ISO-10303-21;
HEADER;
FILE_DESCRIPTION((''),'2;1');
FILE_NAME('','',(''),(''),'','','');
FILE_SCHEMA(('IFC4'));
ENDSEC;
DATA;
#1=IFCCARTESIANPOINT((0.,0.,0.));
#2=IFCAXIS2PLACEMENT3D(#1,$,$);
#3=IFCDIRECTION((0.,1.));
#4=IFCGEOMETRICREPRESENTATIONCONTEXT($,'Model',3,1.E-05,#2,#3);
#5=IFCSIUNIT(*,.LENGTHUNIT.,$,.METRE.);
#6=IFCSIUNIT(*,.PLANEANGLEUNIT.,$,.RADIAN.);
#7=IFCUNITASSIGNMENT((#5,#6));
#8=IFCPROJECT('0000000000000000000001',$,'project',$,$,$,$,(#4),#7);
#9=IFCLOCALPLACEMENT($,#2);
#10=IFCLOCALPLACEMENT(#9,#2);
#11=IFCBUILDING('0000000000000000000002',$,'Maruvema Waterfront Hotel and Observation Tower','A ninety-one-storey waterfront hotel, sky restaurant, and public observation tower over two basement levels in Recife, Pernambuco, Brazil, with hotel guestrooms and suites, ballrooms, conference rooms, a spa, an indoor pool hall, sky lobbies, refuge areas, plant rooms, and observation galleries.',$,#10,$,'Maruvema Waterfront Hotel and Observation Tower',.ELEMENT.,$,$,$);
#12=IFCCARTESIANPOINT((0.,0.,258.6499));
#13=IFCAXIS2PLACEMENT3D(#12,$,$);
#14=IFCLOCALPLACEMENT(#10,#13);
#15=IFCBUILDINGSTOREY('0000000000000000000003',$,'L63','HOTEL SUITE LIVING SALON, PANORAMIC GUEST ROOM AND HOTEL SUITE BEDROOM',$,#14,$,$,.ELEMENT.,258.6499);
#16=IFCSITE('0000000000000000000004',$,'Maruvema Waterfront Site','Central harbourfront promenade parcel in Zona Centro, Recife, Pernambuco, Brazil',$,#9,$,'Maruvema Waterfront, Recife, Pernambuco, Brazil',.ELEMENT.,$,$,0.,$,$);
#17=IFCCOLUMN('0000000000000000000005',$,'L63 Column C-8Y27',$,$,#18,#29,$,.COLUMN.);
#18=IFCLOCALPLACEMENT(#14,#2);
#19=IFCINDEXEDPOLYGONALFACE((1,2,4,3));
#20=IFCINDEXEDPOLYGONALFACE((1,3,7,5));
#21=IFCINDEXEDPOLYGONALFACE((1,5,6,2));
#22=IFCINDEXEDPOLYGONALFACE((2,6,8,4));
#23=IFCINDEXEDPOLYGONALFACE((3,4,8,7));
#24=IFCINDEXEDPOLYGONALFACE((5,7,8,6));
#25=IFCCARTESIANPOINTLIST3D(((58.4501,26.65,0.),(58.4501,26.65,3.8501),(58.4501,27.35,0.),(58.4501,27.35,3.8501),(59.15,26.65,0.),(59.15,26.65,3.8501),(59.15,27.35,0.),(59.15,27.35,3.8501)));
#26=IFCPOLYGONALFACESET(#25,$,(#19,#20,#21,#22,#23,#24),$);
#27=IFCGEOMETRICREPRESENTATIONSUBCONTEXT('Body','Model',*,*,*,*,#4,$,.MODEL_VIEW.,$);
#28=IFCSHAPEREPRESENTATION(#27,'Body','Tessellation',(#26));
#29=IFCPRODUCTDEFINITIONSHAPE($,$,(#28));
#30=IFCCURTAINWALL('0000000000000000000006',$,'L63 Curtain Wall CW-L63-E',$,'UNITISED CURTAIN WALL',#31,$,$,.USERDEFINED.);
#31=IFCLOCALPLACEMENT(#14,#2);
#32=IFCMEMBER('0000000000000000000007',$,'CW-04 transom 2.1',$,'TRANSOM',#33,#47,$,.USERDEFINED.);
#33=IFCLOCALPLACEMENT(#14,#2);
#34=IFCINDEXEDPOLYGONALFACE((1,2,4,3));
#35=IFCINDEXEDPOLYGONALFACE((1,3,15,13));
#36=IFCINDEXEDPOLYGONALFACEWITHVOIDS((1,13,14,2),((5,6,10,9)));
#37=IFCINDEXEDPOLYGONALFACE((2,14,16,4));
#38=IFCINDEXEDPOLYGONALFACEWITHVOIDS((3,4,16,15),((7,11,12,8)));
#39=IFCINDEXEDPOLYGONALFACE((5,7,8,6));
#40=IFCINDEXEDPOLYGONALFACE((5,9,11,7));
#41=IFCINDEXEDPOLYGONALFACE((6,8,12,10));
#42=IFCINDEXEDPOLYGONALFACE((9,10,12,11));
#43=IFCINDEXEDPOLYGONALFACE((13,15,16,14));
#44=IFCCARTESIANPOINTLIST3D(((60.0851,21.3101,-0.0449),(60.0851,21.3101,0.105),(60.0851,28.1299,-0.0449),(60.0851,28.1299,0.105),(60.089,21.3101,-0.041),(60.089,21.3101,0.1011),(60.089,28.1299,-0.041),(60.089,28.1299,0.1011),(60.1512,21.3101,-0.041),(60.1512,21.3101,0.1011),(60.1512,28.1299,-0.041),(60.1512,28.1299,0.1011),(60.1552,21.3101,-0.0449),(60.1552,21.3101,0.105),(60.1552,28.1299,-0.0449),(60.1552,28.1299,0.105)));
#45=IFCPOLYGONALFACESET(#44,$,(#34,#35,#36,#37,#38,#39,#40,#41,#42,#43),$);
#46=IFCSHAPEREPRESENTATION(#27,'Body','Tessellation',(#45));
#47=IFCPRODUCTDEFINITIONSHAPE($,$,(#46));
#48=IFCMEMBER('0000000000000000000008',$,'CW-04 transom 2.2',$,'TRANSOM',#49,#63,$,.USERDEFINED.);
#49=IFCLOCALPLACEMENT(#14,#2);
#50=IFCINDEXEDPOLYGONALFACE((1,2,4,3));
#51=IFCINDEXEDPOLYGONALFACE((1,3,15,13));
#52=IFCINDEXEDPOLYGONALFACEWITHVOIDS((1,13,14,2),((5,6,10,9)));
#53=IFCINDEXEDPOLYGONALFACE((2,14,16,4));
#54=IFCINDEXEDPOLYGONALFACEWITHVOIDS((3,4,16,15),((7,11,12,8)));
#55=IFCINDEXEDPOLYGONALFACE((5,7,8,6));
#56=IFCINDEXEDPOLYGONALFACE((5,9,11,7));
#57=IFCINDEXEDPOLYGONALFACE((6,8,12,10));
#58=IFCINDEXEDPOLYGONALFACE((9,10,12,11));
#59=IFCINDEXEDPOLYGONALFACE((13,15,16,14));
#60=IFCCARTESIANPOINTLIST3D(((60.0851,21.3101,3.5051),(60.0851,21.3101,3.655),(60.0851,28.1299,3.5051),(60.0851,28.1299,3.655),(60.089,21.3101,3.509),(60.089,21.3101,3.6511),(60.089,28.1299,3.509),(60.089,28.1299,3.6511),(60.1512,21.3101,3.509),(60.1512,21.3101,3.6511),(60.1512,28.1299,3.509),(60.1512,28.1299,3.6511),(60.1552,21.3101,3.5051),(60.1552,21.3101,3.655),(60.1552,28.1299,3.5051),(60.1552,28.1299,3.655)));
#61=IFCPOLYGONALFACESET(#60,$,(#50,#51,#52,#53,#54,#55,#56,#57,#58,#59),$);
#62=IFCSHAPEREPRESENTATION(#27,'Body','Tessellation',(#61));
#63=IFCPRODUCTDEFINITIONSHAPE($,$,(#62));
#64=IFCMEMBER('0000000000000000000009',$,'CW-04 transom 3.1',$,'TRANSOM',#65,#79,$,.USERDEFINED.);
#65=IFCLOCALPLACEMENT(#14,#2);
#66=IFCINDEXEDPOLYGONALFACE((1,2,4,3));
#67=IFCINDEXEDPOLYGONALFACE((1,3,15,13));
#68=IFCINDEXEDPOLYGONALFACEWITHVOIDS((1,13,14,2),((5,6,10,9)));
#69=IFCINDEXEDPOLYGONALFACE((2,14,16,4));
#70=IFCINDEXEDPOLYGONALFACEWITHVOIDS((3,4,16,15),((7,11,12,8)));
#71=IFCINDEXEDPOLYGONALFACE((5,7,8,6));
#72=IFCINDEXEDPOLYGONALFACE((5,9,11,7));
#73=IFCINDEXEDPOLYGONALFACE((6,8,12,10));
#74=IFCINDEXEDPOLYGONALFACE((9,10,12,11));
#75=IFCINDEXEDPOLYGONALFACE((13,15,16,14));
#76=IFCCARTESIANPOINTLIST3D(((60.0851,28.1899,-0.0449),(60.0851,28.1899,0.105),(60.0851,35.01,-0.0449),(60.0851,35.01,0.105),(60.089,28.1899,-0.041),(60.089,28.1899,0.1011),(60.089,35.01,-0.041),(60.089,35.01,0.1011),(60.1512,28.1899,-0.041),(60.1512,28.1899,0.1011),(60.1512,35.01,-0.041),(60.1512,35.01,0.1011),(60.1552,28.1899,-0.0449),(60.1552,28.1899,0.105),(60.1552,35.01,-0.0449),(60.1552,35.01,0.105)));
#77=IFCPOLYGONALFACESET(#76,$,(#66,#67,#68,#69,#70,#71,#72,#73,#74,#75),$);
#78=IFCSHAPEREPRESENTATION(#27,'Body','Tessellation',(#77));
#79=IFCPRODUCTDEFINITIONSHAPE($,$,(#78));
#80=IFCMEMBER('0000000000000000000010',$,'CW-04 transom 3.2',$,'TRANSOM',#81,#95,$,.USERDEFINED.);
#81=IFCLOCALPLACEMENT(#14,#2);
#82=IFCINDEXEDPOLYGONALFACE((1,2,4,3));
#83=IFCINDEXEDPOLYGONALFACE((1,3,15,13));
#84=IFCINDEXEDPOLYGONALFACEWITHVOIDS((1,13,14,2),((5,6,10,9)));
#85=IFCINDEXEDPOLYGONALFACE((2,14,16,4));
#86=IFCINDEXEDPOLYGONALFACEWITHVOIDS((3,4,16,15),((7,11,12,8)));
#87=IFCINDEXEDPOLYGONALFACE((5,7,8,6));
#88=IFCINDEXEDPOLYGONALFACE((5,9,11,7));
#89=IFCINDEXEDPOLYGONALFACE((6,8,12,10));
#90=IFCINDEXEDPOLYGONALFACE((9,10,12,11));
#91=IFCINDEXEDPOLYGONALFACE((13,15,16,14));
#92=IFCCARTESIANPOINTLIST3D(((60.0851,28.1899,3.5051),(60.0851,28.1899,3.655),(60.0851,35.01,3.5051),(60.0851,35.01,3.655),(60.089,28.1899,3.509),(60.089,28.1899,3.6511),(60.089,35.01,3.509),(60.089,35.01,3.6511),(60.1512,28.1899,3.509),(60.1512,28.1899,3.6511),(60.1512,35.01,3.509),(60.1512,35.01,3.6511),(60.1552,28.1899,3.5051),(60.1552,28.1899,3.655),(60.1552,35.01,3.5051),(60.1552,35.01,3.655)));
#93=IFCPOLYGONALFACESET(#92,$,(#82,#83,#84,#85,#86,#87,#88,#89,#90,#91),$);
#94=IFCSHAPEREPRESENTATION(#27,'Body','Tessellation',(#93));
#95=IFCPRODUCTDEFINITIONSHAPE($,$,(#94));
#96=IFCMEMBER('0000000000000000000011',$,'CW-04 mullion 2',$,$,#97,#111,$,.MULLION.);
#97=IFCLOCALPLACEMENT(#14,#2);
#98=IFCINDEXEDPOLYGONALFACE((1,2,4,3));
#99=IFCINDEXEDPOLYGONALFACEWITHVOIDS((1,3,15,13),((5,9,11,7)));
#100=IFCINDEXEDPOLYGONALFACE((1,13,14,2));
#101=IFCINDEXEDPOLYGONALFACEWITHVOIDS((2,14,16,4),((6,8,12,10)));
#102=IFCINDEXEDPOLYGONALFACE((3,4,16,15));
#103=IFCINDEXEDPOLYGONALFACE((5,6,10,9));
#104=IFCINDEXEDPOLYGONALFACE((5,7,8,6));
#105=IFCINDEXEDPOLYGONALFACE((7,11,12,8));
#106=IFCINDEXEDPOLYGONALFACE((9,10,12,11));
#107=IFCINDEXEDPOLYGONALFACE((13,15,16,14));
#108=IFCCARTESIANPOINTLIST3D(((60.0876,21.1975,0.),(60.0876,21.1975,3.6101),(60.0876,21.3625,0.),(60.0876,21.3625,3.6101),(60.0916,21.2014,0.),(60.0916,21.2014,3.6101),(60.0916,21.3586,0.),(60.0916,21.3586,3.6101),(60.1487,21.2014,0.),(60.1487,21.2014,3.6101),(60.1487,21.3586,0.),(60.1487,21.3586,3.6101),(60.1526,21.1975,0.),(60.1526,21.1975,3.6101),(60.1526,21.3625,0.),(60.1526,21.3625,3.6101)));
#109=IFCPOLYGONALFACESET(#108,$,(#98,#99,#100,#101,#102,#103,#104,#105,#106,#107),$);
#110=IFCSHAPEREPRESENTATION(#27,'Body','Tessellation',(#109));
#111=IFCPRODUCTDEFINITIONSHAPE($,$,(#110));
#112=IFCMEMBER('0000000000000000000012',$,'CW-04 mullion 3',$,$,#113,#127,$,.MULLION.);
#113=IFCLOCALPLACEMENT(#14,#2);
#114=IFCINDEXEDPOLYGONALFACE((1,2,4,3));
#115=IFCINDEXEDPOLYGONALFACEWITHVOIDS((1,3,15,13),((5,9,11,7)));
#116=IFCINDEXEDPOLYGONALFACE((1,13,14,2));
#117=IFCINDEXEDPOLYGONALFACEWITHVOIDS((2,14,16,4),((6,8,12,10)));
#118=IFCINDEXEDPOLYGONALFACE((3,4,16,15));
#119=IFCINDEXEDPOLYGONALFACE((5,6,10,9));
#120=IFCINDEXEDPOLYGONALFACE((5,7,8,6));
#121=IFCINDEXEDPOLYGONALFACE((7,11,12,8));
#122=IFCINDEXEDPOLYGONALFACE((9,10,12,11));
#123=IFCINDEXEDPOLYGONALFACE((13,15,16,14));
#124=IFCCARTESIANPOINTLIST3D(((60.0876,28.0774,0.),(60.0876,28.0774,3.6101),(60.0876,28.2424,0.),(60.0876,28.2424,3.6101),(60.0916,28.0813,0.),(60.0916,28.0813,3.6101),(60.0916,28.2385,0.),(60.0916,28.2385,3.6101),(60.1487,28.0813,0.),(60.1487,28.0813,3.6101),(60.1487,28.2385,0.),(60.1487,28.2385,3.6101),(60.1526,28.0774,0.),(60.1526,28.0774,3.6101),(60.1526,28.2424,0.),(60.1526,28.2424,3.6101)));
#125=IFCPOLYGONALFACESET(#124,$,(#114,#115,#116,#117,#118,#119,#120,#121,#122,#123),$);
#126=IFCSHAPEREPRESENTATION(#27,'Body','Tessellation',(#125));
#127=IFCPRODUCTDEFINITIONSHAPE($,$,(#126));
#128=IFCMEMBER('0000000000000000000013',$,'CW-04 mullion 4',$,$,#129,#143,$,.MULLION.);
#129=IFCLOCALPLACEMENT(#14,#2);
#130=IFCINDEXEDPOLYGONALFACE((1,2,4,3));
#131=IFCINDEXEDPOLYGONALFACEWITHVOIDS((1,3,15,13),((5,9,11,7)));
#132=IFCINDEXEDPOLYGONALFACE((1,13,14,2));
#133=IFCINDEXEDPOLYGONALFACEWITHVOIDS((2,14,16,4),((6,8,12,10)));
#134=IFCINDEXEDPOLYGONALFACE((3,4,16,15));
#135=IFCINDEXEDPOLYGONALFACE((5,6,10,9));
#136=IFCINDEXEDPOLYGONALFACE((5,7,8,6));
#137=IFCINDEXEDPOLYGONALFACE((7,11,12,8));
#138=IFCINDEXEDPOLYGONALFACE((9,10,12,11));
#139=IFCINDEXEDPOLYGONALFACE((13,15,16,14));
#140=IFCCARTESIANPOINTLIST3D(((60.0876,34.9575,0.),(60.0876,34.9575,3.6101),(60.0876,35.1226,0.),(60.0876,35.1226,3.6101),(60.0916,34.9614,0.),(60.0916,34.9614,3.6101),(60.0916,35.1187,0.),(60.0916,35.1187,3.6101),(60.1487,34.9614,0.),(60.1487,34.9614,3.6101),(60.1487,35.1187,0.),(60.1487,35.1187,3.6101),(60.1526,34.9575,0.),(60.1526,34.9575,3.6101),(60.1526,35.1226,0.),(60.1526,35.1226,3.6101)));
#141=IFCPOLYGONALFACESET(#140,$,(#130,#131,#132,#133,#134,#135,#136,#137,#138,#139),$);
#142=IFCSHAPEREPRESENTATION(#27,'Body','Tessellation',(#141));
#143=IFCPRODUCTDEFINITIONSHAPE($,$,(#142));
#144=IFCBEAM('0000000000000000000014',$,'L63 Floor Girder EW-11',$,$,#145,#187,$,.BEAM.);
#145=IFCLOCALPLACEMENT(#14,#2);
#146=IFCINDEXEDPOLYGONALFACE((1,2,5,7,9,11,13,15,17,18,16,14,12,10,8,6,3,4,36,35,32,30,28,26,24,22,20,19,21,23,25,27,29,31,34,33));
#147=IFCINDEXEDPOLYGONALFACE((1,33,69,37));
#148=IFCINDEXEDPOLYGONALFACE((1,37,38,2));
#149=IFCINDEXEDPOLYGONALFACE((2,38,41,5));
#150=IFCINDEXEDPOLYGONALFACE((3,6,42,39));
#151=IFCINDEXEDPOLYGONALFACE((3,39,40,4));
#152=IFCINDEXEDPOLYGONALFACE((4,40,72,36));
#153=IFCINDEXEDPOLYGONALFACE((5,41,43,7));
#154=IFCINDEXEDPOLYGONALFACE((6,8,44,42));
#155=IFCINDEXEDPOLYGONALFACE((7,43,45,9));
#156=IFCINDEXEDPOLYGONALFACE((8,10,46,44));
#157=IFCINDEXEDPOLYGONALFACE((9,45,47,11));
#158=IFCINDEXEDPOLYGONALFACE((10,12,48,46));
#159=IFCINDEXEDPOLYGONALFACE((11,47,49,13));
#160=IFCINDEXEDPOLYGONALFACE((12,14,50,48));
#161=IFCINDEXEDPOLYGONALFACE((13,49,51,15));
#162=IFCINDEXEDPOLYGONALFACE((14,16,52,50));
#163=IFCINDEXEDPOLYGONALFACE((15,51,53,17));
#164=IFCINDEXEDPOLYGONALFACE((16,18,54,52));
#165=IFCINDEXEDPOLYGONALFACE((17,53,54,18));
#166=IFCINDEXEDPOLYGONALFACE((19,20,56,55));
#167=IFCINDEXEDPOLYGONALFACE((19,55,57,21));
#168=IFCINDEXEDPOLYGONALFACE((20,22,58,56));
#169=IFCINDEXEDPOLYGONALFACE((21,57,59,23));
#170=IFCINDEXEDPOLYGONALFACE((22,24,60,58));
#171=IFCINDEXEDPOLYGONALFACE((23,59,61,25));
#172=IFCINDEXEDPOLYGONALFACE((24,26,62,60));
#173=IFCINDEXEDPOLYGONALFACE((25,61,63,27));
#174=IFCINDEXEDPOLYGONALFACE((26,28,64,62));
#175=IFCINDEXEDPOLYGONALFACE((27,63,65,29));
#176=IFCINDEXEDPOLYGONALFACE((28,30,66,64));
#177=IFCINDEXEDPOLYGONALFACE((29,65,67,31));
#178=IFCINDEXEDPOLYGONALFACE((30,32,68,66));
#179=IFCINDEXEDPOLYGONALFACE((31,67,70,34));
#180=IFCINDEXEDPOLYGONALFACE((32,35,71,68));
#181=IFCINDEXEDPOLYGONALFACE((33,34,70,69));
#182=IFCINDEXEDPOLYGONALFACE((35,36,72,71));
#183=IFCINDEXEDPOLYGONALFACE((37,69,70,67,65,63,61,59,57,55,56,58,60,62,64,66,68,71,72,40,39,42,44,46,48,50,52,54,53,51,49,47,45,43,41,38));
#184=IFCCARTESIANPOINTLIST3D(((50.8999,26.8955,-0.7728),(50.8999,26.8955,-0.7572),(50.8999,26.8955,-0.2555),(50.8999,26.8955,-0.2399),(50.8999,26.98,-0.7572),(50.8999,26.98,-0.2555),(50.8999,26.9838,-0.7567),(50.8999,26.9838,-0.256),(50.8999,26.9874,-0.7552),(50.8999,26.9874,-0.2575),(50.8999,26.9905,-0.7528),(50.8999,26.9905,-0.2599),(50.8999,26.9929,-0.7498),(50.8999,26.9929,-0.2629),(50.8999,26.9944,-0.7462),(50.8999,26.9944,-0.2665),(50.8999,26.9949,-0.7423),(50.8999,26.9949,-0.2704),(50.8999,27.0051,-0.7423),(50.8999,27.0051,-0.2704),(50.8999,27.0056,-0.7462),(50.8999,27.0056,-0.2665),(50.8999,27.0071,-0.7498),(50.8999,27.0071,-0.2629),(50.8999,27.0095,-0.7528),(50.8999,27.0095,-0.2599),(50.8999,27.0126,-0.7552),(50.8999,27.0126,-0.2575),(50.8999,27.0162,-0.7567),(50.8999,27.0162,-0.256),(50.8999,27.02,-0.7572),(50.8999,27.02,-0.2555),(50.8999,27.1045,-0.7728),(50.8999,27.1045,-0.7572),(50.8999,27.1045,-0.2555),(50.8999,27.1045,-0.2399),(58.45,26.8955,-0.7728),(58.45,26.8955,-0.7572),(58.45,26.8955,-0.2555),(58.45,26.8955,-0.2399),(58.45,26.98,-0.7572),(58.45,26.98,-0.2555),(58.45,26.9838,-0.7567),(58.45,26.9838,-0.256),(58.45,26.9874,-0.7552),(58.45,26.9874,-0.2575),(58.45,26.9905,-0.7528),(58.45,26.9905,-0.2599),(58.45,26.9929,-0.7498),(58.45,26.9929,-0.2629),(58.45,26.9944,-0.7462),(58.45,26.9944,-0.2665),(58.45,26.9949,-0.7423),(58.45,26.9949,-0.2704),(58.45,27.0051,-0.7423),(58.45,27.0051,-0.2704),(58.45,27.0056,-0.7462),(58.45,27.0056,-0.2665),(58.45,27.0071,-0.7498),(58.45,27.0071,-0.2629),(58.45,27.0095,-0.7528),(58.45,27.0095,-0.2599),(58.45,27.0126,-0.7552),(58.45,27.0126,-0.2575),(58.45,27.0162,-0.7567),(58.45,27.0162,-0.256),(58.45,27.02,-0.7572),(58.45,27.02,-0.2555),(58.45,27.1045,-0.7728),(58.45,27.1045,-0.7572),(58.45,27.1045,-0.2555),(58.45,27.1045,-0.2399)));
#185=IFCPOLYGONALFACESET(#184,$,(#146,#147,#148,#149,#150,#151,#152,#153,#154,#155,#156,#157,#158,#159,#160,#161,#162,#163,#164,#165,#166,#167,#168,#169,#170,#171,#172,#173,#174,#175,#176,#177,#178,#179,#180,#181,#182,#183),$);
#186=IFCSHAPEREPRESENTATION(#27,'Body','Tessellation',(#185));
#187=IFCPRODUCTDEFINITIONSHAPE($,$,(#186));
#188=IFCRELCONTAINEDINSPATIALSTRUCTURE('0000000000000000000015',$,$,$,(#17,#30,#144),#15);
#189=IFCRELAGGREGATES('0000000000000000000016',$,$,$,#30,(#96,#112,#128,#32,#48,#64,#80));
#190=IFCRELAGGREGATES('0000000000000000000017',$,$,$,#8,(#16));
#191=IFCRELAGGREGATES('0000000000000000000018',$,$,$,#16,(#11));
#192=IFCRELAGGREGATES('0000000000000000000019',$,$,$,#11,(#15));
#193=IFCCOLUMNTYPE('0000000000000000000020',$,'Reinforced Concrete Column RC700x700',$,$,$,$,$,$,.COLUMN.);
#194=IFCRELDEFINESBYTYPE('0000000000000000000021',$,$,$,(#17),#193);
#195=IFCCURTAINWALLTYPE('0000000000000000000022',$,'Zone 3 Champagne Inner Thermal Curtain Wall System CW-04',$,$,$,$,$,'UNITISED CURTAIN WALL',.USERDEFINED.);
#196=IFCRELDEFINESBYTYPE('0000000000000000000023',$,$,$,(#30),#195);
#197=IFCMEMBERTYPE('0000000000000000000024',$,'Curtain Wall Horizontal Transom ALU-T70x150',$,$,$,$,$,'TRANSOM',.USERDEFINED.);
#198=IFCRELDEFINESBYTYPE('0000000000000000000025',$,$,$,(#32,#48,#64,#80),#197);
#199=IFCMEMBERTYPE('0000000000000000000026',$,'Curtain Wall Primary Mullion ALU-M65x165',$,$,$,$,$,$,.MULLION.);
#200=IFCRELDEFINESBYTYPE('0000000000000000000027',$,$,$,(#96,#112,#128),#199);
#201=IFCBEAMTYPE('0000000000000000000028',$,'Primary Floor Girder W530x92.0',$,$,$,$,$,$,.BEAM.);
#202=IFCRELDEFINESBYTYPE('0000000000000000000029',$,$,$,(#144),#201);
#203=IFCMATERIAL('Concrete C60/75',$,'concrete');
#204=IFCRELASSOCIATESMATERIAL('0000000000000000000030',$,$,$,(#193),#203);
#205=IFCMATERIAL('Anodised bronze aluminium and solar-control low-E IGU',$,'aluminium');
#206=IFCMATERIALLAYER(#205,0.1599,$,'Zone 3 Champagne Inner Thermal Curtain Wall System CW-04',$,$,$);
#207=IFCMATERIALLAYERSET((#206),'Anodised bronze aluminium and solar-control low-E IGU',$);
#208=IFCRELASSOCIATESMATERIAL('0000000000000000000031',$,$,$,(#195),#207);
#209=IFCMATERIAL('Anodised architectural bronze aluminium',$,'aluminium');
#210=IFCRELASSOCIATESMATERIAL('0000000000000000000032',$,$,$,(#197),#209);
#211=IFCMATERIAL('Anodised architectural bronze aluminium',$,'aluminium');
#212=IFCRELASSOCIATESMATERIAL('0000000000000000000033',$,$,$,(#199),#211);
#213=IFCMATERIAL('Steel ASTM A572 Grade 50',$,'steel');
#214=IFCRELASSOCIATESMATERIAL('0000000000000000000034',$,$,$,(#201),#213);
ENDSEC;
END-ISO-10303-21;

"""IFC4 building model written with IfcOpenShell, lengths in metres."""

from ifc_helpers import new_model, si_unit, direction, frame, origin, origin_2d, place, context, subcontext, project, spatial, rectangle, hollow_rectangle, i_section, extrude, material, layer, layer_set, material_profile, profile_set, type_object, element, aggregate, save


model = new_model("IFC4")

# Units and contexts
model_context = context("Model", 3, precision=1e-05, world=origin(), true_north=direction((0.0, 1.0)))
body_context = subcontext(model_context, "Body", "Model", "MODEL_VIEW")
ifc_project = project(units=[si_unit("LENGTHUNIT", "METRE"), si_unit("PLANEANGLEUNIT", "RADIAN")], contexts=[model_context])

# Site, building, storey
site_placement = place(None, origin())
site = spatial("IfcSite", under=ifc_project, at=site_placement, Name="Maruvema Waterfront Site", Description="Central harbourfront promenade parcel in Zona Centro, Recife, Pernambuco, Brazil", LongName="Maruvema Waterfront, Recife, Pernambuco, Brazil", CompositionType="ELEMENT", RefElevation=0.0)
building_placement = place(site_placement, origin())
building = spatial("IfcBuilding", under=site, at=building_placement, Name="Maruvema Waterfront Hotel and Observation Tower", Description="A ninety-one-storey waterfront hotel, sky restaurant, and public observation tower over two basement levels in Recife, Pernambuco, Brazil, with hotel guestrooms and suites, ballrooms, conference rooms, a spa, an indoor pool hall, sky lobbies, refuge areas, plant rooms, and observation galleries.", LongName="Maruvema Waterfront Hotel and Observation Tower", CompositionType="ELEMENT")
storey_placement = place(building_placement, frame((0.0, 0.0, 258.6499)))
storey = spatial("IfcBuildingStorey", under=building, at=storey_placement, Name="L63", Description="HOTEL SUITE LIVING SALON, PANORAMIC GUEST ROOM AND HOTEL SUITE BEDROOM", CompositionType="ELEMENT", Elevation=258.6499)

# Column
ifc_material_1 = material(Name="Concrete C60/75", Category="concrete")
ifc_material_profile_1 = material_profile(ifc_material_1, rectangle(XDim=0.7, YDim=0.7, at=origin_2d()), Name="RC700x700")
ifc_profile_set_1 = profile_set([ifc_material_profile_1], Name="Concrete C60/75")
column_type = type_object("IfcColumnType", Name="Reinforced Concrete Column RC700x700", PredefinedType="COLUMN", material=ifc_profile_set_1)
column_placement = place(storey_placement, frame((58.8, 27.0, 0.0), z_axis=(0.0, 0.0, 1.0), x_axis=(1.0, 0.0, 0.0)))
element("IfcColumn", 1, at=column_placement, inside=storey, type_object=column_type, Name="L63 Column C-8Y27", PredefinedType="COLUMN", context=body_context, shape_type="SweptSolid", body=[
    extrude(rectangle(XDim=0.7, YDim=0.7, at=origin_2d()), origin(), (0.0, 0.0, 1.0), 3.8501),
])

# Curtain wall, members
ifc_material_2 = material(Name="Anodised bronze aluminium and solar-control low-E IGU", Category="aluminium")
ifc_layer_1 = layer(ifc_material_2, 0.1599, Name="Zone 3 Champagne Inner Thermal Curtain Wall System CW-04")
ifc_layer_set_1 = layer_set([ifc_layer_1], Name="Anodised bronze aluminium and solar-control low-E IGU")
curtain_wall_type = type_object("IfcCurtainWallType", Name="Zone 3 Champagne Inner Thermal Curtain Wall System CW-04", ElementType="UNITISED CURTAIN WALL", PredefinedType="USERDEFINED", material=ifc_layer_set_1)
curtain_wall_placement = place(storey_placement, origin())
curtain_wall = element("IfcCurtainWall", 2, at=curtain_wall_placement, inside=storey, type_object=curtain_wall_type, Name="L63 Curtain Wall CW-L63-E", ObjectType="UNITISED CURTAIN WALL", PredefinedType="USERDEFINED")
ifc_material_3 = material(Name="Anodised architectural bronze aluminium", Category="aluminium")
ifc_material_profile_2 = material_profile(ifc_material_3, hollow_rectangle(XDim=0.0701, YDim=0.1499, WallThickness=0.0039, at=origin_2d()), Name="ALU-T70x150")
ifc_profile_set_2 = profile_set([ifc_material_profile_2], Name="Anodised architectural bronze aluminium")
member_type_1 = type_object("IfcMemberType", Name="Curtain Wall Horizontal Transom ALU-T70x150", ElementType="TRANSOM", PredefinedType="USERDEFINED", material=ifc_profile_set_2)
member_1_placement = place(storey_placement, frame((60.1201, 21.3101, 0.03), z_axis=(0.0, 1.0, 0.0), x_axis=(-1.0, 0.0, 0.0)))
member_1 = element("IfcMember", 3, at=member_1_placement, type_object=member_type_1, Name="CW-04 transom 2.1", ObjectType="TRANSOM", PredefinedType="USERDEFINED", context=body_context, shape_type="SweptSolid", body=[
    extrude(hollow_rectangle(XDim=0.0701, YDim=0.1499, WallThickness=0.0039, at=origin_2d()), origin(), (0.0, 0.0, 1.0), 6.8198),
])
member_2_placement = place(storey_placement, frame((60.1201, 21.3101, 3.5801), z_axis=(0.0, 1.0, 0.0), x_axis=(-1.0, 0.0, 0.0)))
member_2 = element("IfcMember", 4, at=member_2_placement, type_object=member_type_1, Name="CW-04 transom 2.2", ObjectType="TRANSOM", PredefinedType="USERDEFINED", context=body_context, shape_type="SweptSolid", body=[
    extrude(hollow_rectangle(XDim=0.0701, YDim=0.1499, WallThickness=0.0039, at=origin_2d()), origin(), (0.0, 0.0, 1.0), 6.8198),
])
member_3_placement = place(storey_placement, frame((60.1201, 28.1899, 0.03), z_axis=(0.0, 1.0, 0.0), x_axis=(-1.0, 0.0, 0.0)))
member_3 = element("IfcMember", 5, at=member_3_placement, type_object=member_type_1, Name="CW-04 transom 3.1", ObjectType="TRANSOM", PredefinedType="USERDEFINED", context=body_context, shape_type="SweptSolid", body=[
    extrude(hollow_rectangle(XDim=0.0701, YDim=0.1499, WallThickness=0.0039, at=origin_2d()), origin(), (0.0, 0.0, 1.0), 6.8201),
])
member_4_placement = place(storey_placement, frame((60.1201, 28.1899, 3.5801), z_axis=(0.0, 1.0, 0.0), x_axis=(-1.0, 0.0, 0.0)))
member_4 = element("IfcMember", 6, at=member_4_placement, type_object=member_type_1, Name="CW-04 transom 3.2", ObjectType="TRANSOM", PredefinedType="USERDEFINED", context=body_context, shape_type="SweptSolid", body=[
    extrude(hollow_rectangle(XDim=0.0701, YDim=0.1499, WallThickness=0.0039, at=origin_2d()), origin(), (0.0, 0.0, 1.0), 6.8201),
])
ifc_material_4 = material(Name="Anodised architectural bronze aluminium", Category="aluminium")
ifc_material_profile_3 = material_profile(ifc_material_4, hollow_rectangle(XDim=0.0649, YDim=0.165, WallThickness=0.0039, at=origin_2d()), Name="ALU-M65x165")
ifc_profile_set_3 = profile_set([ifc_material_profile_3], Name="Anodised architectural bronze aluminium")
member_type_2 = type_object("IfcMemberType", Name="Curtain Wall Primary Mullion ALU-M65x165", PredefinedType="MULLION", material=ifc_profile_set_3)
member_5_placement = place(storey_placement, frame((60.1201, 21.28, 0.0), z_axis=(0.0, 0.0, 1.0), x_axis=(-1.0, 0.0, 0.0)))
member_5 = element("IfcMember", 7, at=member_5_placement, type_object=member_type_2, Name="CW-04 mullion 2", PredefinedType="MULLION", context=body_context, shape_type="SweptSolid", body=[
    extrude(hollow_rectangle(XDim=0.0649, YDim=0.165, WallThickness=0.0039, at=origin_2d()), origin(), (0.0, 0.0, 1.0), 3.6101),
])
member_6_placement = place(storey_placement, frame((60.1201, 28.1599, 0.0), z_axis=(0.0, 0.0, 1.0), x_axis=(-1.0, 0.0, 0.0)))
member_6 = element("IfcMember", 8, at=member_6_placement, type_object=member_type_2, Name="CW-04 mullion 3", PredefinedType="MULLION", context=body_context, shape_type="SweptSolid", body=[
    extrude(hollow_rectangle(XDim=0.0649, YDim=0.165, WallThickness=0.0039, at=origin_2d()), origin(), (0.0, 0.0, 1.0), 3.6101),
])
member_7_placement = place(storey_placement, frame((60.1201, 35.04, 0.0), z_axis=(0.0, 0.0, 1.0), x_axis=(-1.0, 0.0, 0.0)))
member_7 = element("IfcMember", 9, at=member_7_placement, type_object=member_type_2, Name="CW-04 mullion 4", PredefinedType="MULLION", context=body_context, shape_type="SweptSolid", body=[
    extrude(hollow_rectangle(XDim=0.0649, YDim=0.165, WallThickness=0.0039, at=origin_2d()), origin(), (0.0, 0.0, 1.0), 3.6101),
])

# Beam
ifc_material_5 = material(Name="Steel ASTM A572 Grade 50", Category="steel")
ifc_material_profile_4 = material_profile(ifc_material_5, i_section(OverallWidth=0.209, OverallDepth=0.533, WebThickness=0.0103, FlangeThickness=0.0156, FilletRadius=0.0149, at=origin_2d()), Name="W530x92.0")
ifc_profile_set_4 = profile_set([ifc_material_profile_4], Name="Steel ASTM A572 Grade 50")
beam_type_1 = type_object("IfcBeamType", Name="Primary Floor Girder W530x92.0", PredefinedType="BEAM", material=ifc_profile_set_4)
beam_1_placement = place(storey_placement, frame((50.8999, 27.0, -0.5063), z_axis=(1.0, 0.0, 0.0), x_axis=(0.0, 1.0, 0.0)))
element("IfcBeam", 10, at=beam_1_placement, inside=storey, type_object=beam_type_1, Name="L63 Floor Girder EW-11", PredefinedType="BEAM", context=body_context, shape_type="SweptSolid", body=[
    extrude(i_section(OverallWidth=0.209, OverallDepth=0.533, WebThickness=0.0103, FlangeThickness=0.0156, FilletRadius=0.0149, at=origin_2d()), origin(), (0.0, 0.0, 1.0), 7.55),
])

aggregate(curtain_wall, [member_5, member_6, member_7, member_1, member_2, member_3, member_4])

save(model, "model.ifc")
